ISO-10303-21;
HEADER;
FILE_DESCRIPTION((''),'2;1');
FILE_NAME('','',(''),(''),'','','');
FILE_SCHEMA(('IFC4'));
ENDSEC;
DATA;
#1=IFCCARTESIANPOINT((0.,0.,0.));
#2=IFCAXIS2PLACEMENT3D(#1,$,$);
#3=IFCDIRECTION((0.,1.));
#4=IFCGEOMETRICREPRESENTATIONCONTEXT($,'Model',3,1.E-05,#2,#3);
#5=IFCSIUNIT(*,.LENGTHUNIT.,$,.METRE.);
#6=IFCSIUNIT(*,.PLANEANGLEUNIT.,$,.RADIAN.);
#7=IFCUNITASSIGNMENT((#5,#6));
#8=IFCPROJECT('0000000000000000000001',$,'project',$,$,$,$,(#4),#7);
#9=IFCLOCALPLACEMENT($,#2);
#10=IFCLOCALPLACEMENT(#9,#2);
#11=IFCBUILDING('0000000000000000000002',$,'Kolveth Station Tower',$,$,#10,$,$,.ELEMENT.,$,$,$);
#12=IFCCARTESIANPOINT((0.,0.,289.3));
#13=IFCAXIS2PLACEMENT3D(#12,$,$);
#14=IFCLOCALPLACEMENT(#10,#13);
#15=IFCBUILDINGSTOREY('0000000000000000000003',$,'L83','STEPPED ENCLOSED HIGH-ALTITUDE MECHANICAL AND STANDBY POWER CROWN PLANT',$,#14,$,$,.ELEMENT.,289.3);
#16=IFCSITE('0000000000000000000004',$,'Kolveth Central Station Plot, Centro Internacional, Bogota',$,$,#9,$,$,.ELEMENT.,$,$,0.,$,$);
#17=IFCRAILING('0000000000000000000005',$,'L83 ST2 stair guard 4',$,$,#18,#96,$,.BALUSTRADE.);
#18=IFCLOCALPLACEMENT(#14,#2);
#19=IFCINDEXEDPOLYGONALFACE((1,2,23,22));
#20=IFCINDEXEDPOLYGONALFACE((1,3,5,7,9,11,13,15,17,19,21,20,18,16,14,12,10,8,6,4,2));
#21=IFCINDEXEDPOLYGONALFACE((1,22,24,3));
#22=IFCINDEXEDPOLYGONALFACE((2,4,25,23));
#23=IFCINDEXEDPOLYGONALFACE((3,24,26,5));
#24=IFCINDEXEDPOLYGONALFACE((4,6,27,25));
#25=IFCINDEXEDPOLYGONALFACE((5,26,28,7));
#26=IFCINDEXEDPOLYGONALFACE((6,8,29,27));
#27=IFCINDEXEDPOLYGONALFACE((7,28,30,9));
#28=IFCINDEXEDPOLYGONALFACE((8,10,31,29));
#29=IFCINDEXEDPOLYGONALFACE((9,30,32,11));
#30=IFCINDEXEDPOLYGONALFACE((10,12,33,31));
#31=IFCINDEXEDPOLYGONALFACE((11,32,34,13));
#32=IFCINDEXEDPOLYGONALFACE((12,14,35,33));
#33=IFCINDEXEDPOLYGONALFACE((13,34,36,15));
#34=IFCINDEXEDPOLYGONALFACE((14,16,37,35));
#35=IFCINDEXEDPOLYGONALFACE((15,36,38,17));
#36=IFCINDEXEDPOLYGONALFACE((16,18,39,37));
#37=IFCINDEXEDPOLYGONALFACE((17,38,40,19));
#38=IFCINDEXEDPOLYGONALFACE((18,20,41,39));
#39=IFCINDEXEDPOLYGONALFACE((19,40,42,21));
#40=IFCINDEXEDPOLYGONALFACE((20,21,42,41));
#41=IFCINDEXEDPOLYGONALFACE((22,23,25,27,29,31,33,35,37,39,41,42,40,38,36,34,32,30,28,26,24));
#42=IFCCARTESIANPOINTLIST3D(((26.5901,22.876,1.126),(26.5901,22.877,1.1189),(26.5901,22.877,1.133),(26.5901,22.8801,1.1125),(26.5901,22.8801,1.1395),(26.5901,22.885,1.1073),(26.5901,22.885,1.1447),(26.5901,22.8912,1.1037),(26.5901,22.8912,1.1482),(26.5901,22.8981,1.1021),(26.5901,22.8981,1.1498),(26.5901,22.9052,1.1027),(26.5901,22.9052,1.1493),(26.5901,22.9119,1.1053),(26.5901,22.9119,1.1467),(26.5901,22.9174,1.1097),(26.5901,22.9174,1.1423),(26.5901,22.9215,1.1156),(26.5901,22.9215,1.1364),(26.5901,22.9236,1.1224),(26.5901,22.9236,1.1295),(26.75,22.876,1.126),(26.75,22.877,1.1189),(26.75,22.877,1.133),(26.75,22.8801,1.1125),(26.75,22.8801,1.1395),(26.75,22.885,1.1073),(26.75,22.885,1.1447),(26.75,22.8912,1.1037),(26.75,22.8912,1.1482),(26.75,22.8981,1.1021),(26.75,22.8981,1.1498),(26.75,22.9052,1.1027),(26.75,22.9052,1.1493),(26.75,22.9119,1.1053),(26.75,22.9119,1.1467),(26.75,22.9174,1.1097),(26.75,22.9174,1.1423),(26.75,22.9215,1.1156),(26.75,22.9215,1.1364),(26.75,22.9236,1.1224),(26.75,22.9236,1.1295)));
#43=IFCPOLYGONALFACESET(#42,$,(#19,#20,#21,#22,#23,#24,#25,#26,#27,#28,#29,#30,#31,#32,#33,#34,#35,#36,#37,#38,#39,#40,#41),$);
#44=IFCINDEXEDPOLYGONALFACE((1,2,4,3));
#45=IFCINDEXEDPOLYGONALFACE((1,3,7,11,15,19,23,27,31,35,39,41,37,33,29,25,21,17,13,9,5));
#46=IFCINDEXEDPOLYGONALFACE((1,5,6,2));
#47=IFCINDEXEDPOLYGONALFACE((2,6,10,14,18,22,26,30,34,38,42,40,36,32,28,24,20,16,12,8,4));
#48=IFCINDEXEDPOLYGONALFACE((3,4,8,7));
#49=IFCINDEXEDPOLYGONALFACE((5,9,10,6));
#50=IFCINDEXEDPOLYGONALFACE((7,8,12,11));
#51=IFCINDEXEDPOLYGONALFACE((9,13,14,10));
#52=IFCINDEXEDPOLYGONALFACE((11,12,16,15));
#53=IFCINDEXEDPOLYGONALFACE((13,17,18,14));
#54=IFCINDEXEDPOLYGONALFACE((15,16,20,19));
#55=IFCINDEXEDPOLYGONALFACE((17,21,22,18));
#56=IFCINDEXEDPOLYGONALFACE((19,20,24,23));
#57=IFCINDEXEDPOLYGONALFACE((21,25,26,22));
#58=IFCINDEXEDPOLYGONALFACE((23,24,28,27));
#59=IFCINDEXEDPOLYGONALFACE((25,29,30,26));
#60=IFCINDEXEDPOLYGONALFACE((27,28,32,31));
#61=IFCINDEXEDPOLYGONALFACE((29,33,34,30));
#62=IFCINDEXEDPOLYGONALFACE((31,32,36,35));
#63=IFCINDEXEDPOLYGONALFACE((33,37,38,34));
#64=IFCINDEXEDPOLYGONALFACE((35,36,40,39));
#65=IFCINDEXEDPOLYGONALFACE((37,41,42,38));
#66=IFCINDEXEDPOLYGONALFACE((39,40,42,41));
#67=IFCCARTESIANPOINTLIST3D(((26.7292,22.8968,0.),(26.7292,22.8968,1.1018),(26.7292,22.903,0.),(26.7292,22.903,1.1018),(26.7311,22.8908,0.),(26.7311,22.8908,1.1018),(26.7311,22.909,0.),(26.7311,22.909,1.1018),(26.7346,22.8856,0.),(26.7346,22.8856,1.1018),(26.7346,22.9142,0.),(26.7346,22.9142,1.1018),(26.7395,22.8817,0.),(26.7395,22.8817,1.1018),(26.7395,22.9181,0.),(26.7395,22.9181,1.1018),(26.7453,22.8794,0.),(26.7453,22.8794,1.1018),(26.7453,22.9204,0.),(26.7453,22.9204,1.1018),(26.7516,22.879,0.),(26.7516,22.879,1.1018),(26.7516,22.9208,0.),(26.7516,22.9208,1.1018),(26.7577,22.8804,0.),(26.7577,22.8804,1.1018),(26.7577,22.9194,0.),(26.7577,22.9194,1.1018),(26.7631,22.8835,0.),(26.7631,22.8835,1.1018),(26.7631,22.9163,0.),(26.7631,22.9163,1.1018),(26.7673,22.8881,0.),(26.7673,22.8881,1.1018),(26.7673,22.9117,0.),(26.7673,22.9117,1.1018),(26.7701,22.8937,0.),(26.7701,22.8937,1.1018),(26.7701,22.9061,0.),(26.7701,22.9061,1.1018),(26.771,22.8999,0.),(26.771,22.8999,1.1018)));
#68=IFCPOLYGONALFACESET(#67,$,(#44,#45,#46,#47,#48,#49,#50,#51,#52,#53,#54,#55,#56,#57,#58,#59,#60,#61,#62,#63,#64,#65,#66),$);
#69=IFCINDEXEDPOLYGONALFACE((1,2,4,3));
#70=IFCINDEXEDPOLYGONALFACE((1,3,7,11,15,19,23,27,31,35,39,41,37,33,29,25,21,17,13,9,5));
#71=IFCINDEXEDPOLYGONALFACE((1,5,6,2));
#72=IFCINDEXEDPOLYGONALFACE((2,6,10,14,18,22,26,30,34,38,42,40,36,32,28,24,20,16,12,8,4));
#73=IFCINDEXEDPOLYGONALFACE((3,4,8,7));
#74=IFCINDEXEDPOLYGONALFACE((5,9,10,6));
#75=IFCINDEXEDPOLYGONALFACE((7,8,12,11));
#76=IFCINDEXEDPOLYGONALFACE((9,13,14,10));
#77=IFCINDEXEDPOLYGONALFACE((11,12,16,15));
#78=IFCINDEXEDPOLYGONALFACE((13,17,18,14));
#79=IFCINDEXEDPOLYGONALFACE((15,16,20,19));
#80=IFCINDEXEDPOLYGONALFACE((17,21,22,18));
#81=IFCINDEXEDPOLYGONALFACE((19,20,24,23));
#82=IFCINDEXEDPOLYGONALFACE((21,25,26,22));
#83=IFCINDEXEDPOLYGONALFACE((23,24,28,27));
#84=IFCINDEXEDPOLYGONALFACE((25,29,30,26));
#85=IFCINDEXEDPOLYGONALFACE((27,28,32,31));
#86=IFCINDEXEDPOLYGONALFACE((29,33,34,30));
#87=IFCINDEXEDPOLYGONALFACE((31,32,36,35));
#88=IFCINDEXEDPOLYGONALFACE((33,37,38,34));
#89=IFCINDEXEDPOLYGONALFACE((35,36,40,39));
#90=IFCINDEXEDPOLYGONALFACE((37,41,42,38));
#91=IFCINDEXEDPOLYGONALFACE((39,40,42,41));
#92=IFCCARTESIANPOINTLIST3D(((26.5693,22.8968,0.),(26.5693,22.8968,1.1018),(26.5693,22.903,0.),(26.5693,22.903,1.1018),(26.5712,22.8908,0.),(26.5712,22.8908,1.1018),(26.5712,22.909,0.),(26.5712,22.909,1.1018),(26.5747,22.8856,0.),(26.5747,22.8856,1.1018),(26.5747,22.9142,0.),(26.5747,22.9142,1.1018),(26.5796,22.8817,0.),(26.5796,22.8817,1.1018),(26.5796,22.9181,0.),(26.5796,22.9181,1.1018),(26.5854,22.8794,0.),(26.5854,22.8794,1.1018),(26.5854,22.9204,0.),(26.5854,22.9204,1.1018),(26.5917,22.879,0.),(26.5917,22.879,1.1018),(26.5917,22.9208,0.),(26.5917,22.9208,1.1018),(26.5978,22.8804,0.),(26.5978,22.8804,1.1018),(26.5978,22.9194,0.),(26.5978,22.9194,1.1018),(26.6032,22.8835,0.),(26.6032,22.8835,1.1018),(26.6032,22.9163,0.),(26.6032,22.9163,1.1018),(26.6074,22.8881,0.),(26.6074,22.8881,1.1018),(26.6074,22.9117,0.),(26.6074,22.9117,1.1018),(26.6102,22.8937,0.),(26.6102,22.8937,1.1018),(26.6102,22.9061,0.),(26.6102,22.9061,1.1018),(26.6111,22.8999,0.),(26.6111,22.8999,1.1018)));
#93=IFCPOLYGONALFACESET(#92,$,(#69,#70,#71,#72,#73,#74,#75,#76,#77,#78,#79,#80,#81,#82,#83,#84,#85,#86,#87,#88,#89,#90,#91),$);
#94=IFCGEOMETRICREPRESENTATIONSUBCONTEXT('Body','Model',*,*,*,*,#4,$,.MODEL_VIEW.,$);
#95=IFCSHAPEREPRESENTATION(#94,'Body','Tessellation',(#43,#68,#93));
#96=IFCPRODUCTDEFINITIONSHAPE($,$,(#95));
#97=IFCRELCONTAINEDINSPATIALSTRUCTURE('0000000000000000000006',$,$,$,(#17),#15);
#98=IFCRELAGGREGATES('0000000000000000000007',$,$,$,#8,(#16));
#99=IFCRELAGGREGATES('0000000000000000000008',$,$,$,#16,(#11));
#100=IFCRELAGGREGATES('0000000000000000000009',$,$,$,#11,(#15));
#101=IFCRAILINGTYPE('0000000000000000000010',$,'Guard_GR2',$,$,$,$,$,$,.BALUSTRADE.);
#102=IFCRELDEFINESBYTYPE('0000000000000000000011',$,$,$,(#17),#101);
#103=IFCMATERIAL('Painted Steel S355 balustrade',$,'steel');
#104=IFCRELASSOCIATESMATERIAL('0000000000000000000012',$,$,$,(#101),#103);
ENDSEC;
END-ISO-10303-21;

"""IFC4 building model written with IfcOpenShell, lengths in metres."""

from ifc_helpers import new_model, si_unit, direction, frame, origin, origin_2d, place, context, subcontext, project, spatial, circle, extrude, material, type_object, element, save


model = new_model("IFC4")

# Units and contexts
model_context = context("Model", 3, precision=1e-05, world=origin(), true_north=direction((0.0, 1.0)))
body_context = subcontext(model_context, "Body", "Model", "MODEL_VIEW")
ifc_project = project(units=[si_unit("LENGTHUNIT", "METRE"), si_unit("PLANEANGLEUNIT", "RADIAN")], contexts=[model_context])

# Site, building, storey
site_placement = place(None, origin())
site = spatial("IfcSite", under=ifc_project, at=site_placement, Name="Kolveth Central Station Plot, Centro Internacional, Bogota", CompositionType="ELEMENT", RefElevation=0.0)
building_placement = place(site_placement, origin())
building = spatial("IfcBuilding", under=site, at=building_placement, Name="Kolveth Station Tower", CompositionType="ELEMENT")
storey_placement = place(building_placement, frame((0.0, 0.0, 289.3)))
storey = spatial("IfcBuildingStorey", under=building, at=storey_placement, Name="L83", Description="STEPPED ENCLOSED HIGH-ALTITUDE MECHANICAL AND STANDBY POWER CROWN PLANT", CompositionType="ELEMENT", Elevation=289.3)

# Railing
ifc_material_1 = material(Name="Painted Steel S355 balustrade", Category="steel")
railing_type_1 = type_object("IfcRailingType", Name="Guard_GR2", PredefinedType="BALUSTRADE", material=ifc_material_1)
railing_1_placement = place(storey_placement, frame((26.75, 22.8999, 0.0)))
element("IfcRailing", 1, at=railing_1_placement, inside=storey, type_object=railing_type_1, Name="L83 ST2 stair guard 4", PredefinedType="BALUSTRADE", context=body_context, shape_type="SweptSolid", body=[
    extrude(circle(Radius=0.0239, at=origin_2d()), frame((0.0, 0.0, 1.126), z_axis=(-1.0, 0.0, 0.0), x_axis=(0.0, -1.0, 0.0)), (0.0, 0.0, 1.0), 0.1599),
    extrude(circle(Radius=0.021, at=origin_2d()), origin(), (0.0, 0.0, 1.0), 1.1018),
    extrude(circle(Radius=0.021, at=origin_2d()), frame((-0.1599, 0.0, 0.0)), (0.0, 0.0, 1.0), 1.1018),
])

save(model, "model.ifc")
